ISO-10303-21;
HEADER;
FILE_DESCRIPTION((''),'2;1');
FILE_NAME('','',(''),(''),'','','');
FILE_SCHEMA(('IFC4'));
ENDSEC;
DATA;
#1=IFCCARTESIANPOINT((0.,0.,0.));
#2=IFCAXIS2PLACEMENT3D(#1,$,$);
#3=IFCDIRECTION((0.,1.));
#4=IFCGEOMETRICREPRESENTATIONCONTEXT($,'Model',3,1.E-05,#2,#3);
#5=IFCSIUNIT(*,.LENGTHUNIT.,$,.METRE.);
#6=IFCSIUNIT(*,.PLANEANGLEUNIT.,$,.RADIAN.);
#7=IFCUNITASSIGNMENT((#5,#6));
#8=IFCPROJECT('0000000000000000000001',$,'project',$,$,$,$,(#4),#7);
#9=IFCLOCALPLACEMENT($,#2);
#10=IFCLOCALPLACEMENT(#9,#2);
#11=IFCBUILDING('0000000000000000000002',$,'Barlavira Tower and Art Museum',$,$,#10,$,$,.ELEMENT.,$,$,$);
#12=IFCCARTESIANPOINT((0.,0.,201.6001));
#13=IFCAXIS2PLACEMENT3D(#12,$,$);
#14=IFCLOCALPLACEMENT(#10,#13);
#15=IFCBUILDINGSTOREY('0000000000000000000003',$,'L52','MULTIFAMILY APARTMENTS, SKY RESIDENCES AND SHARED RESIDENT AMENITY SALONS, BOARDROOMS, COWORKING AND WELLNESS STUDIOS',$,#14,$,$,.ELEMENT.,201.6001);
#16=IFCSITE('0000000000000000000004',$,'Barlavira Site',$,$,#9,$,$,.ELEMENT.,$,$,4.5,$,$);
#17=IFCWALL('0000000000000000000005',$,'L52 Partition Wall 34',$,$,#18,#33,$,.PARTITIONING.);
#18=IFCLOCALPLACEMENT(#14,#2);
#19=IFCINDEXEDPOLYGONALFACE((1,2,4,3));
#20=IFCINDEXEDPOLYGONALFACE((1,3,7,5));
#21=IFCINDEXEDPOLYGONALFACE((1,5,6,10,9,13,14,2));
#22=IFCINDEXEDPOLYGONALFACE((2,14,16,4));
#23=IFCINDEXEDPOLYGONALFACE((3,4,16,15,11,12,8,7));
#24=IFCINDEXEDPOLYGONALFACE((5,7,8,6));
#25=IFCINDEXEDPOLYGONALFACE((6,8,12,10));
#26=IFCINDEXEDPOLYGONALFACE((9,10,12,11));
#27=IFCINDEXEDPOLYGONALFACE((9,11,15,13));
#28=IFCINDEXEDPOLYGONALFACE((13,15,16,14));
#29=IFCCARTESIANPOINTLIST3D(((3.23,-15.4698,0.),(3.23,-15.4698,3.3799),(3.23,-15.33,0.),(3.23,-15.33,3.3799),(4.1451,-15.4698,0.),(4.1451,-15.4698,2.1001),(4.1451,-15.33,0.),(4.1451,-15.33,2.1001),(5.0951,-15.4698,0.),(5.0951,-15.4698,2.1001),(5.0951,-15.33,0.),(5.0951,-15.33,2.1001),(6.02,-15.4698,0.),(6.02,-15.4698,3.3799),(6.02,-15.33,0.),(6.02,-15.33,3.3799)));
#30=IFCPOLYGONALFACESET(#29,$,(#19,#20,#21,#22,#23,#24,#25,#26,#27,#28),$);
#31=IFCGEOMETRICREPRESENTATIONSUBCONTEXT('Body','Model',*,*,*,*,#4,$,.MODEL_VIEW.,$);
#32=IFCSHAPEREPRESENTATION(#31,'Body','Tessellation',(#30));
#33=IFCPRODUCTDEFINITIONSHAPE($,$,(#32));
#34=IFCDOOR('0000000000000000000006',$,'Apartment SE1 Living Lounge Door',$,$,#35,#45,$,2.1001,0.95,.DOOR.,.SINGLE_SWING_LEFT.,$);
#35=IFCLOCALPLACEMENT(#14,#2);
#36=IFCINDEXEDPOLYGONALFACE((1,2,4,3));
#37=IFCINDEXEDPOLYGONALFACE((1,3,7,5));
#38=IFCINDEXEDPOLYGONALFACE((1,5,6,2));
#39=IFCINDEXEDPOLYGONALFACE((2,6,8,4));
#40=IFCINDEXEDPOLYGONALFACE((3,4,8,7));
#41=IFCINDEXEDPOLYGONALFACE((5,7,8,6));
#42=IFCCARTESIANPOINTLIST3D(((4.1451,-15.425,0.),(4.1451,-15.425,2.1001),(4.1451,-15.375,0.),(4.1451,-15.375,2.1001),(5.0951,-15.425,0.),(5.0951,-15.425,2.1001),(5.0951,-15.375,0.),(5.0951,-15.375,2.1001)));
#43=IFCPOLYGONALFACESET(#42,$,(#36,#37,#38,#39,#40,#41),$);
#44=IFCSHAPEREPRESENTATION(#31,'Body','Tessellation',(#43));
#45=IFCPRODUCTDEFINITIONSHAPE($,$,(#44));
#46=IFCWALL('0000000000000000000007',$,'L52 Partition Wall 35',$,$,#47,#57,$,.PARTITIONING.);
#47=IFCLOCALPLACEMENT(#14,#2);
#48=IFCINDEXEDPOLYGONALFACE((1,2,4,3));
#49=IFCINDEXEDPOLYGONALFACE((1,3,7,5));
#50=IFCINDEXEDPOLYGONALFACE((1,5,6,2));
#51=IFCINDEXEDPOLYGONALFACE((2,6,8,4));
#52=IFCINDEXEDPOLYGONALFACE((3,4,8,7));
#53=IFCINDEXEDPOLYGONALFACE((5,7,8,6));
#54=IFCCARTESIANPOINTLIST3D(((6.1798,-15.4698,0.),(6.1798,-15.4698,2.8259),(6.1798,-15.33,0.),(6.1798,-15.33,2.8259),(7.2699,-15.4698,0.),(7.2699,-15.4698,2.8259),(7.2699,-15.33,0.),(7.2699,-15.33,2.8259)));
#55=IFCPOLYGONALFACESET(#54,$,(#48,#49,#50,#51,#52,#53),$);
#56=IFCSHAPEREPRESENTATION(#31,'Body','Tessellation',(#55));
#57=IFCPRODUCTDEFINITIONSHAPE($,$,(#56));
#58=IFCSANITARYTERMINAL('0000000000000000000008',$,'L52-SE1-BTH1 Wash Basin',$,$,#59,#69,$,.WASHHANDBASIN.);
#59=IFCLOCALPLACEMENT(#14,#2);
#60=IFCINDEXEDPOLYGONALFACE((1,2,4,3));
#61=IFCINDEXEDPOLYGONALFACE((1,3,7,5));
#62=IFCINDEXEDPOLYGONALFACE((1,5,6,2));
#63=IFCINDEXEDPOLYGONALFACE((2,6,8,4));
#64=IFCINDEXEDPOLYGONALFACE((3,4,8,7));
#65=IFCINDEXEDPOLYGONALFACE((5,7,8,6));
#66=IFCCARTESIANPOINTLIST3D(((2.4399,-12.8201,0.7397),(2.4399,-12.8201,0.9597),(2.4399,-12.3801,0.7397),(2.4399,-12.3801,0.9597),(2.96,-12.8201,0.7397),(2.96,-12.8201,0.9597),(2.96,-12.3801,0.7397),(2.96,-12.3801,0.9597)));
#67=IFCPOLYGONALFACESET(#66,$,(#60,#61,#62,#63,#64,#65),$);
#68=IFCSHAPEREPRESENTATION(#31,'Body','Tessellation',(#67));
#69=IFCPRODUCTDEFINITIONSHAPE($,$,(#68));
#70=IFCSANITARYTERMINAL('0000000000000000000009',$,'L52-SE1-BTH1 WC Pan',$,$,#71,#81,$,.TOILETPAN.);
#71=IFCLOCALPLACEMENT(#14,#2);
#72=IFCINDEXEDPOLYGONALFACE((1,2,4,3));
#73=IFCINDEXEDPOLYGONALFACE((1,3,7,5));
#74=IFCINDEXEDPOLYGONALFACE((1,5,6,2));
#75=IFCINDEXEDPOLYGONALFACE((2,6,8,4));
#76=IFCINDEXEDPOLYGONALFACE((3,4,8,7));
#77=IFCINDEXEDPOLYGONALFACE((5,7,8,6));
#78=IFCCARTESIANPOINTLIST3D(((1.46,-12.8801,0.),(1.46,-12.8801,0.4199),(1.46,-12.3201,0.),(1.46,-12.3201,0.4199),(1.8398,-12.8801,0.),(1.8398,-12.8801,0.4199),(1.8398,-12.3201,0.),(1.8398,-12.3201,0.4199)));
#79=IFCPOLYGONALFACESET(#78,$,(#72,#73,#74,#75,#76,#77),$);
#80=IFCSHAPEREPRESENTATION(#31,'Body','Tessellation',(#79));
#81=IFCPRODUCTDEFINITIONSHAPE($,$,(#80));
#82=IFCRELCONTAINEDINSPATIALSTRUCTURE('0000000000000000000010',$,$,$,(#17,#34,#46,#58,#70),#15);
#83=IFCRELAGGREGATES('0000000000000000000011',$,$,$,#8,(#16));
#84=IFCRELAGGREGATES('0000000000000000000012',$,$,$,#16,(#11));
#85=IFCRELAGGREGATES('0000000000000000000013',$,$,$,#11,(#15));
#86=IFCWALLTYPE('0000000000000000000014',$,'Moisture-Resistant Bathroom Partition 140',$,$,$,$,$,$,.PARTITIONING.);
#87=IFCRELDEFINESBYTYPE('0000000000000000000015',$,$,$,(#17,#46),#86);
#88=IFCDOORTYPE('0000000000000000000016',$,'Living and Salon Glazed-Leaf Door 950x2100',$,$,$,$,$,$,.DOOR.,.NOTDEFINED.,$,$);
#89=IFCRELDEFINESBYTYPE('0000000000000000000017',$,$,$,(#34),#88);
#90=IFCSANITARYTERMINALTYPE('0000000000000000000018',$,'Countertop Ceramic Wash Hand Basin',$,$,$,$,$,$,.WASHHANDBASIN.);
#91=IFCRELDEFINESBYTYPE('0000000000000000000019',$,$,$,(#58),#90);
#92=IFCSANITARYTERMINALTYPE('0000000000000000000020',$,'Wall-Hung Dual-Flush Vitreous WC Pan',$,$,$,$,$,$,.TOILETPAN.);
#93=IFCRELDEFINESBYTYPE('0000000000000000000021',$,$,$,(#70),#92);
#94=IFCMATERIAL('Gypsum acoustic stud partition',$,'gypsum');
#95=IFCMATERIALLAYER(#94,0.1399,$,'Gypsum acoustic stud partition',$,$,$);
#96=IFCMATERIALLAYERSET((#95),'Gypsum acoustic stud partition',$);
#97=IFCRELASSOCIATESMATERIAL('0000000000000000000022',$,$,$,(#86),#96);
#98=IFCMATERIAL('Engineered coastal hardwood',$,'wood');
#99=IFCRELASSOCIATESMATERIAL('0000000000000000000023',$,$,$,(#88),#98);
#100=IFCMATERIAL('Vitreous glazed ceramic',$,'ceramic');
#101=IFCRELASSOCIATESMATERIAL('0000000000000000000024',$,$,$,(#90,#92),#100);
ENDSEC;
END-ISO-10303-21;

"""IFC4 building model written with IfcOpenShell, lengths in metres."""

from ifc_helpers import new_model, si_unit, direction, frame, frame_2d, origin, origin_2d, place, context, subcontext, project, spatial, rectangle, extrude, material, layer, layer_set, type_object, element, fill, save


model = new_model("IFC4")

# Units and contexts
model_context = context("Model", 3, precision=1e-05, world=origin(), true_north=direction((0.0, 1.0)))
body_context = subcontext(model_context, "Body", "Model", "MODEL_VIEW")
ifc_project = project(units=[si_unit("LENGTHUNIT", "METRE"), si_unit("PLANEANGLEUNIT", "RADIAN")], contexts=[model_context])

# Site, building, storey
site_placement = place(None, origin())
site = spatial("IfcSite", under=ifc_project, at=site_placement, Name="Barlavira Site", CompositionType="ELEMENT", RefElevation=4.5)
building_placement = place(site_placement, origin())
building = spatial("IfcBuilding", under=site, at=building_placement, Name="Barlavira Tower and Art Museum", CompositionType="ELEMENT")
storey_placement = place(building_placement, frame((0.0, 0.0, 201.6001)))
storey = spatial("IfcBuildingStorey", under=building, at=storey_placement, Name="L52", Description="MULTIFAMILY APARTMENTS, SKY RESIDENCES AND SHARED RESIDENT AMENITY SALONS, BOARDROOMS, COWORKING AND WELLNESS STUDIOS", CompositionType="ELEMENT", Elevation=201.6001)

# Shared definitions
ifc_material_1 = material(Name="Gypsum acoustic stud partition", Category="gypsum")
ifc_material_2 = material(Name="Engineered coastal hardwood", Category="wood")

# Shared definitions
ifc_layer_1 = layer(ifc_material_1, 0.1399, Name="Gypsum acoustic stud partition")
ifc_layer_set_1 = layer_set([ifc_layer_1], Name="Gypsum acoustic stud partition")
wall_type_1 = type_object("IfcWallType", Name="Moisture-Resistant Bathroom Partition 140", PredefinedType="PARTITIONING", material=ifc_layer_set_1)

# Wall, opening, door
wall_1_placement = place(storey_placement, frame((3.23, -15.3999, 0.0), z_axis=(0.0, 0.0, 1.0), x_axis=(1.0, 0.0, 0.0)))
wall_1 = element("IfcWall", 1, at=wall_1_placement, inside=storey, type_object=wall_type_1, Name="L52 Partition Wall 34", PredefinedType="PARTITIONING", context=body_context, shape_type="SweptSolid", body=[
    extrude(rectangle(XDim=2.79, YDim=0.1399, at=frame_2d((1.395, 0.0))), origin(), (0.0, 0.0, 1.0), 3.3799),
])
opening_1_placement = place(wall_1_placement, frame((0.915, 0.0, 0.0)))
opening_1 = element("IfcOpeningElement", 2, at=opening_1_placement, cuts=wall_1, PredefinedType="OPENING", context=body_context, shape_type="SweptSolid", body=[
    extrude(rectangle(XDim=0.95, YDim=2.1001, at=frame_2d((0.4751, 1.05))), frame((0.0, 0.0801, 0.0), z_axis=(0.0, -1.0, 0.0), x_axis=(1.0, 0.0, 0.0)), (0.0, 0.0, 1.0), 0.1599),
])
door_type_1 = type_object("IfcDoorType", Name="Living and Salon Glazed-Leaf Door 950x2100", OperationType="NOTDEFINED", PredefinedType="DOOR", material=ifc_material_2)
door_1_placement = place(opening_1_placement, origin())
door_1 = element("IfcDoor", 3, at=door_1_placement, inside=storey, type_object=door_type_1, Name="Apartment SE1 Living Lounge Door", OperationType="SINGLE_SWING_LEFT", OverallHeight=2.1001, OverallWidth=0.95, PredefinedType="DOOR", context=body_context, shape_type="SweptSolid", body=[
    extrude(rectangle(XDim=0.95, YDim=2.1001, at=frame_2d((0.4751, 1.05))), frame((0.0, 0.0249, 0.0), z_axis=(0.0, -1.0, 0.0), x_axis=(1.0, 0.0, 0.0)), (0.0, 0.0, 1.0), 0.05),
])
fill(opening_1, door_1)

# Wall
wall_2_placement = place(storey_placement, frame((6.1799, -15.3999, 0.0), z_axis=(0.0, 0.0, 1.0), x_axis=(1.0, 0.0, 0.0)))
element("IfcWall", 4, at=wall_2_placement, inside=storey, type_object=wall_type_1, Name="L52 Partition Wall 35", PredefinedType="PARTITIONING", context=body_context, shape_type="SweptSolid", body=[
    extrude(rectangle(XDim=1.0901, YDim=0.1399, at=frame_2d((0.5449, 0.0))), origin(), (0.0, 0.0, 1.0), 2.8259),
])

# Sanitary terminals
ifc_material_3 = material(Name="Vitreous glazed ceramic", Category="ceramic")
sanitary_terminal_type_1 = type_object("IfcSanitaryTerminalType", Name="Countertop Ceramic Wash Hand Basin", PredefinedType="WASHHANDBASIN", material=ifc_material_3)
sanitary_terminal_1_placement = place(storey_placement, frame((2.7, -12.6001, 0.7397), z_axis=(0.0, 0.0, 1.0), x_axis=(1.0, 0.0, 0.0)))
element("IfcSanitaryTerminal", 5, at=sanitary_terminal_1_placement, inside=storey, type_object=sanitary_terminal_type_1, Name="L52-SE1-BTH1 Wash Basin", PredefinedType="WASHHANDBASIN", context=body_context, shape_type="SweptSolid", body=[
    extrude(rectangle(XDim=0.52, YDim=0.4399, at=origin_2d()), origin(), (0.0, 0.0, 1.0), 0.22),
])
sanitary_terminal_type_2 = type_object("IfcSanitaryTerminalType", Name="Wall-Hung Dual-Flush Vitreous WC Pan", PredefinedType="TOILETPAN", material=ifc_material_3)
sanitary_terminal_2_placement = place(storey_placement, frame((1.6499, -12.6001, 0.0), z_axis=(0.0, 0.0, 1.0), x_axis=(1.0, 0.0, 0.0)))
element("IfcSanitaryTerminal", 6, at=sanitary_terminal_2_placement, inside=storey, type_object=sanitary_terminal_type_2, Name="L52-SE1-BTH1 WC Pan", PredefinedType="TOILETPAN", context=body_context, shape_type="SweptSolid", body=[
    extrude(rectangle(XDim=0.3799, YDim=0.5601, at=origin_2d()), origin(), (0.0, 0.0, 1.0), 0.4199),
])

save(model, "model.ifc")
